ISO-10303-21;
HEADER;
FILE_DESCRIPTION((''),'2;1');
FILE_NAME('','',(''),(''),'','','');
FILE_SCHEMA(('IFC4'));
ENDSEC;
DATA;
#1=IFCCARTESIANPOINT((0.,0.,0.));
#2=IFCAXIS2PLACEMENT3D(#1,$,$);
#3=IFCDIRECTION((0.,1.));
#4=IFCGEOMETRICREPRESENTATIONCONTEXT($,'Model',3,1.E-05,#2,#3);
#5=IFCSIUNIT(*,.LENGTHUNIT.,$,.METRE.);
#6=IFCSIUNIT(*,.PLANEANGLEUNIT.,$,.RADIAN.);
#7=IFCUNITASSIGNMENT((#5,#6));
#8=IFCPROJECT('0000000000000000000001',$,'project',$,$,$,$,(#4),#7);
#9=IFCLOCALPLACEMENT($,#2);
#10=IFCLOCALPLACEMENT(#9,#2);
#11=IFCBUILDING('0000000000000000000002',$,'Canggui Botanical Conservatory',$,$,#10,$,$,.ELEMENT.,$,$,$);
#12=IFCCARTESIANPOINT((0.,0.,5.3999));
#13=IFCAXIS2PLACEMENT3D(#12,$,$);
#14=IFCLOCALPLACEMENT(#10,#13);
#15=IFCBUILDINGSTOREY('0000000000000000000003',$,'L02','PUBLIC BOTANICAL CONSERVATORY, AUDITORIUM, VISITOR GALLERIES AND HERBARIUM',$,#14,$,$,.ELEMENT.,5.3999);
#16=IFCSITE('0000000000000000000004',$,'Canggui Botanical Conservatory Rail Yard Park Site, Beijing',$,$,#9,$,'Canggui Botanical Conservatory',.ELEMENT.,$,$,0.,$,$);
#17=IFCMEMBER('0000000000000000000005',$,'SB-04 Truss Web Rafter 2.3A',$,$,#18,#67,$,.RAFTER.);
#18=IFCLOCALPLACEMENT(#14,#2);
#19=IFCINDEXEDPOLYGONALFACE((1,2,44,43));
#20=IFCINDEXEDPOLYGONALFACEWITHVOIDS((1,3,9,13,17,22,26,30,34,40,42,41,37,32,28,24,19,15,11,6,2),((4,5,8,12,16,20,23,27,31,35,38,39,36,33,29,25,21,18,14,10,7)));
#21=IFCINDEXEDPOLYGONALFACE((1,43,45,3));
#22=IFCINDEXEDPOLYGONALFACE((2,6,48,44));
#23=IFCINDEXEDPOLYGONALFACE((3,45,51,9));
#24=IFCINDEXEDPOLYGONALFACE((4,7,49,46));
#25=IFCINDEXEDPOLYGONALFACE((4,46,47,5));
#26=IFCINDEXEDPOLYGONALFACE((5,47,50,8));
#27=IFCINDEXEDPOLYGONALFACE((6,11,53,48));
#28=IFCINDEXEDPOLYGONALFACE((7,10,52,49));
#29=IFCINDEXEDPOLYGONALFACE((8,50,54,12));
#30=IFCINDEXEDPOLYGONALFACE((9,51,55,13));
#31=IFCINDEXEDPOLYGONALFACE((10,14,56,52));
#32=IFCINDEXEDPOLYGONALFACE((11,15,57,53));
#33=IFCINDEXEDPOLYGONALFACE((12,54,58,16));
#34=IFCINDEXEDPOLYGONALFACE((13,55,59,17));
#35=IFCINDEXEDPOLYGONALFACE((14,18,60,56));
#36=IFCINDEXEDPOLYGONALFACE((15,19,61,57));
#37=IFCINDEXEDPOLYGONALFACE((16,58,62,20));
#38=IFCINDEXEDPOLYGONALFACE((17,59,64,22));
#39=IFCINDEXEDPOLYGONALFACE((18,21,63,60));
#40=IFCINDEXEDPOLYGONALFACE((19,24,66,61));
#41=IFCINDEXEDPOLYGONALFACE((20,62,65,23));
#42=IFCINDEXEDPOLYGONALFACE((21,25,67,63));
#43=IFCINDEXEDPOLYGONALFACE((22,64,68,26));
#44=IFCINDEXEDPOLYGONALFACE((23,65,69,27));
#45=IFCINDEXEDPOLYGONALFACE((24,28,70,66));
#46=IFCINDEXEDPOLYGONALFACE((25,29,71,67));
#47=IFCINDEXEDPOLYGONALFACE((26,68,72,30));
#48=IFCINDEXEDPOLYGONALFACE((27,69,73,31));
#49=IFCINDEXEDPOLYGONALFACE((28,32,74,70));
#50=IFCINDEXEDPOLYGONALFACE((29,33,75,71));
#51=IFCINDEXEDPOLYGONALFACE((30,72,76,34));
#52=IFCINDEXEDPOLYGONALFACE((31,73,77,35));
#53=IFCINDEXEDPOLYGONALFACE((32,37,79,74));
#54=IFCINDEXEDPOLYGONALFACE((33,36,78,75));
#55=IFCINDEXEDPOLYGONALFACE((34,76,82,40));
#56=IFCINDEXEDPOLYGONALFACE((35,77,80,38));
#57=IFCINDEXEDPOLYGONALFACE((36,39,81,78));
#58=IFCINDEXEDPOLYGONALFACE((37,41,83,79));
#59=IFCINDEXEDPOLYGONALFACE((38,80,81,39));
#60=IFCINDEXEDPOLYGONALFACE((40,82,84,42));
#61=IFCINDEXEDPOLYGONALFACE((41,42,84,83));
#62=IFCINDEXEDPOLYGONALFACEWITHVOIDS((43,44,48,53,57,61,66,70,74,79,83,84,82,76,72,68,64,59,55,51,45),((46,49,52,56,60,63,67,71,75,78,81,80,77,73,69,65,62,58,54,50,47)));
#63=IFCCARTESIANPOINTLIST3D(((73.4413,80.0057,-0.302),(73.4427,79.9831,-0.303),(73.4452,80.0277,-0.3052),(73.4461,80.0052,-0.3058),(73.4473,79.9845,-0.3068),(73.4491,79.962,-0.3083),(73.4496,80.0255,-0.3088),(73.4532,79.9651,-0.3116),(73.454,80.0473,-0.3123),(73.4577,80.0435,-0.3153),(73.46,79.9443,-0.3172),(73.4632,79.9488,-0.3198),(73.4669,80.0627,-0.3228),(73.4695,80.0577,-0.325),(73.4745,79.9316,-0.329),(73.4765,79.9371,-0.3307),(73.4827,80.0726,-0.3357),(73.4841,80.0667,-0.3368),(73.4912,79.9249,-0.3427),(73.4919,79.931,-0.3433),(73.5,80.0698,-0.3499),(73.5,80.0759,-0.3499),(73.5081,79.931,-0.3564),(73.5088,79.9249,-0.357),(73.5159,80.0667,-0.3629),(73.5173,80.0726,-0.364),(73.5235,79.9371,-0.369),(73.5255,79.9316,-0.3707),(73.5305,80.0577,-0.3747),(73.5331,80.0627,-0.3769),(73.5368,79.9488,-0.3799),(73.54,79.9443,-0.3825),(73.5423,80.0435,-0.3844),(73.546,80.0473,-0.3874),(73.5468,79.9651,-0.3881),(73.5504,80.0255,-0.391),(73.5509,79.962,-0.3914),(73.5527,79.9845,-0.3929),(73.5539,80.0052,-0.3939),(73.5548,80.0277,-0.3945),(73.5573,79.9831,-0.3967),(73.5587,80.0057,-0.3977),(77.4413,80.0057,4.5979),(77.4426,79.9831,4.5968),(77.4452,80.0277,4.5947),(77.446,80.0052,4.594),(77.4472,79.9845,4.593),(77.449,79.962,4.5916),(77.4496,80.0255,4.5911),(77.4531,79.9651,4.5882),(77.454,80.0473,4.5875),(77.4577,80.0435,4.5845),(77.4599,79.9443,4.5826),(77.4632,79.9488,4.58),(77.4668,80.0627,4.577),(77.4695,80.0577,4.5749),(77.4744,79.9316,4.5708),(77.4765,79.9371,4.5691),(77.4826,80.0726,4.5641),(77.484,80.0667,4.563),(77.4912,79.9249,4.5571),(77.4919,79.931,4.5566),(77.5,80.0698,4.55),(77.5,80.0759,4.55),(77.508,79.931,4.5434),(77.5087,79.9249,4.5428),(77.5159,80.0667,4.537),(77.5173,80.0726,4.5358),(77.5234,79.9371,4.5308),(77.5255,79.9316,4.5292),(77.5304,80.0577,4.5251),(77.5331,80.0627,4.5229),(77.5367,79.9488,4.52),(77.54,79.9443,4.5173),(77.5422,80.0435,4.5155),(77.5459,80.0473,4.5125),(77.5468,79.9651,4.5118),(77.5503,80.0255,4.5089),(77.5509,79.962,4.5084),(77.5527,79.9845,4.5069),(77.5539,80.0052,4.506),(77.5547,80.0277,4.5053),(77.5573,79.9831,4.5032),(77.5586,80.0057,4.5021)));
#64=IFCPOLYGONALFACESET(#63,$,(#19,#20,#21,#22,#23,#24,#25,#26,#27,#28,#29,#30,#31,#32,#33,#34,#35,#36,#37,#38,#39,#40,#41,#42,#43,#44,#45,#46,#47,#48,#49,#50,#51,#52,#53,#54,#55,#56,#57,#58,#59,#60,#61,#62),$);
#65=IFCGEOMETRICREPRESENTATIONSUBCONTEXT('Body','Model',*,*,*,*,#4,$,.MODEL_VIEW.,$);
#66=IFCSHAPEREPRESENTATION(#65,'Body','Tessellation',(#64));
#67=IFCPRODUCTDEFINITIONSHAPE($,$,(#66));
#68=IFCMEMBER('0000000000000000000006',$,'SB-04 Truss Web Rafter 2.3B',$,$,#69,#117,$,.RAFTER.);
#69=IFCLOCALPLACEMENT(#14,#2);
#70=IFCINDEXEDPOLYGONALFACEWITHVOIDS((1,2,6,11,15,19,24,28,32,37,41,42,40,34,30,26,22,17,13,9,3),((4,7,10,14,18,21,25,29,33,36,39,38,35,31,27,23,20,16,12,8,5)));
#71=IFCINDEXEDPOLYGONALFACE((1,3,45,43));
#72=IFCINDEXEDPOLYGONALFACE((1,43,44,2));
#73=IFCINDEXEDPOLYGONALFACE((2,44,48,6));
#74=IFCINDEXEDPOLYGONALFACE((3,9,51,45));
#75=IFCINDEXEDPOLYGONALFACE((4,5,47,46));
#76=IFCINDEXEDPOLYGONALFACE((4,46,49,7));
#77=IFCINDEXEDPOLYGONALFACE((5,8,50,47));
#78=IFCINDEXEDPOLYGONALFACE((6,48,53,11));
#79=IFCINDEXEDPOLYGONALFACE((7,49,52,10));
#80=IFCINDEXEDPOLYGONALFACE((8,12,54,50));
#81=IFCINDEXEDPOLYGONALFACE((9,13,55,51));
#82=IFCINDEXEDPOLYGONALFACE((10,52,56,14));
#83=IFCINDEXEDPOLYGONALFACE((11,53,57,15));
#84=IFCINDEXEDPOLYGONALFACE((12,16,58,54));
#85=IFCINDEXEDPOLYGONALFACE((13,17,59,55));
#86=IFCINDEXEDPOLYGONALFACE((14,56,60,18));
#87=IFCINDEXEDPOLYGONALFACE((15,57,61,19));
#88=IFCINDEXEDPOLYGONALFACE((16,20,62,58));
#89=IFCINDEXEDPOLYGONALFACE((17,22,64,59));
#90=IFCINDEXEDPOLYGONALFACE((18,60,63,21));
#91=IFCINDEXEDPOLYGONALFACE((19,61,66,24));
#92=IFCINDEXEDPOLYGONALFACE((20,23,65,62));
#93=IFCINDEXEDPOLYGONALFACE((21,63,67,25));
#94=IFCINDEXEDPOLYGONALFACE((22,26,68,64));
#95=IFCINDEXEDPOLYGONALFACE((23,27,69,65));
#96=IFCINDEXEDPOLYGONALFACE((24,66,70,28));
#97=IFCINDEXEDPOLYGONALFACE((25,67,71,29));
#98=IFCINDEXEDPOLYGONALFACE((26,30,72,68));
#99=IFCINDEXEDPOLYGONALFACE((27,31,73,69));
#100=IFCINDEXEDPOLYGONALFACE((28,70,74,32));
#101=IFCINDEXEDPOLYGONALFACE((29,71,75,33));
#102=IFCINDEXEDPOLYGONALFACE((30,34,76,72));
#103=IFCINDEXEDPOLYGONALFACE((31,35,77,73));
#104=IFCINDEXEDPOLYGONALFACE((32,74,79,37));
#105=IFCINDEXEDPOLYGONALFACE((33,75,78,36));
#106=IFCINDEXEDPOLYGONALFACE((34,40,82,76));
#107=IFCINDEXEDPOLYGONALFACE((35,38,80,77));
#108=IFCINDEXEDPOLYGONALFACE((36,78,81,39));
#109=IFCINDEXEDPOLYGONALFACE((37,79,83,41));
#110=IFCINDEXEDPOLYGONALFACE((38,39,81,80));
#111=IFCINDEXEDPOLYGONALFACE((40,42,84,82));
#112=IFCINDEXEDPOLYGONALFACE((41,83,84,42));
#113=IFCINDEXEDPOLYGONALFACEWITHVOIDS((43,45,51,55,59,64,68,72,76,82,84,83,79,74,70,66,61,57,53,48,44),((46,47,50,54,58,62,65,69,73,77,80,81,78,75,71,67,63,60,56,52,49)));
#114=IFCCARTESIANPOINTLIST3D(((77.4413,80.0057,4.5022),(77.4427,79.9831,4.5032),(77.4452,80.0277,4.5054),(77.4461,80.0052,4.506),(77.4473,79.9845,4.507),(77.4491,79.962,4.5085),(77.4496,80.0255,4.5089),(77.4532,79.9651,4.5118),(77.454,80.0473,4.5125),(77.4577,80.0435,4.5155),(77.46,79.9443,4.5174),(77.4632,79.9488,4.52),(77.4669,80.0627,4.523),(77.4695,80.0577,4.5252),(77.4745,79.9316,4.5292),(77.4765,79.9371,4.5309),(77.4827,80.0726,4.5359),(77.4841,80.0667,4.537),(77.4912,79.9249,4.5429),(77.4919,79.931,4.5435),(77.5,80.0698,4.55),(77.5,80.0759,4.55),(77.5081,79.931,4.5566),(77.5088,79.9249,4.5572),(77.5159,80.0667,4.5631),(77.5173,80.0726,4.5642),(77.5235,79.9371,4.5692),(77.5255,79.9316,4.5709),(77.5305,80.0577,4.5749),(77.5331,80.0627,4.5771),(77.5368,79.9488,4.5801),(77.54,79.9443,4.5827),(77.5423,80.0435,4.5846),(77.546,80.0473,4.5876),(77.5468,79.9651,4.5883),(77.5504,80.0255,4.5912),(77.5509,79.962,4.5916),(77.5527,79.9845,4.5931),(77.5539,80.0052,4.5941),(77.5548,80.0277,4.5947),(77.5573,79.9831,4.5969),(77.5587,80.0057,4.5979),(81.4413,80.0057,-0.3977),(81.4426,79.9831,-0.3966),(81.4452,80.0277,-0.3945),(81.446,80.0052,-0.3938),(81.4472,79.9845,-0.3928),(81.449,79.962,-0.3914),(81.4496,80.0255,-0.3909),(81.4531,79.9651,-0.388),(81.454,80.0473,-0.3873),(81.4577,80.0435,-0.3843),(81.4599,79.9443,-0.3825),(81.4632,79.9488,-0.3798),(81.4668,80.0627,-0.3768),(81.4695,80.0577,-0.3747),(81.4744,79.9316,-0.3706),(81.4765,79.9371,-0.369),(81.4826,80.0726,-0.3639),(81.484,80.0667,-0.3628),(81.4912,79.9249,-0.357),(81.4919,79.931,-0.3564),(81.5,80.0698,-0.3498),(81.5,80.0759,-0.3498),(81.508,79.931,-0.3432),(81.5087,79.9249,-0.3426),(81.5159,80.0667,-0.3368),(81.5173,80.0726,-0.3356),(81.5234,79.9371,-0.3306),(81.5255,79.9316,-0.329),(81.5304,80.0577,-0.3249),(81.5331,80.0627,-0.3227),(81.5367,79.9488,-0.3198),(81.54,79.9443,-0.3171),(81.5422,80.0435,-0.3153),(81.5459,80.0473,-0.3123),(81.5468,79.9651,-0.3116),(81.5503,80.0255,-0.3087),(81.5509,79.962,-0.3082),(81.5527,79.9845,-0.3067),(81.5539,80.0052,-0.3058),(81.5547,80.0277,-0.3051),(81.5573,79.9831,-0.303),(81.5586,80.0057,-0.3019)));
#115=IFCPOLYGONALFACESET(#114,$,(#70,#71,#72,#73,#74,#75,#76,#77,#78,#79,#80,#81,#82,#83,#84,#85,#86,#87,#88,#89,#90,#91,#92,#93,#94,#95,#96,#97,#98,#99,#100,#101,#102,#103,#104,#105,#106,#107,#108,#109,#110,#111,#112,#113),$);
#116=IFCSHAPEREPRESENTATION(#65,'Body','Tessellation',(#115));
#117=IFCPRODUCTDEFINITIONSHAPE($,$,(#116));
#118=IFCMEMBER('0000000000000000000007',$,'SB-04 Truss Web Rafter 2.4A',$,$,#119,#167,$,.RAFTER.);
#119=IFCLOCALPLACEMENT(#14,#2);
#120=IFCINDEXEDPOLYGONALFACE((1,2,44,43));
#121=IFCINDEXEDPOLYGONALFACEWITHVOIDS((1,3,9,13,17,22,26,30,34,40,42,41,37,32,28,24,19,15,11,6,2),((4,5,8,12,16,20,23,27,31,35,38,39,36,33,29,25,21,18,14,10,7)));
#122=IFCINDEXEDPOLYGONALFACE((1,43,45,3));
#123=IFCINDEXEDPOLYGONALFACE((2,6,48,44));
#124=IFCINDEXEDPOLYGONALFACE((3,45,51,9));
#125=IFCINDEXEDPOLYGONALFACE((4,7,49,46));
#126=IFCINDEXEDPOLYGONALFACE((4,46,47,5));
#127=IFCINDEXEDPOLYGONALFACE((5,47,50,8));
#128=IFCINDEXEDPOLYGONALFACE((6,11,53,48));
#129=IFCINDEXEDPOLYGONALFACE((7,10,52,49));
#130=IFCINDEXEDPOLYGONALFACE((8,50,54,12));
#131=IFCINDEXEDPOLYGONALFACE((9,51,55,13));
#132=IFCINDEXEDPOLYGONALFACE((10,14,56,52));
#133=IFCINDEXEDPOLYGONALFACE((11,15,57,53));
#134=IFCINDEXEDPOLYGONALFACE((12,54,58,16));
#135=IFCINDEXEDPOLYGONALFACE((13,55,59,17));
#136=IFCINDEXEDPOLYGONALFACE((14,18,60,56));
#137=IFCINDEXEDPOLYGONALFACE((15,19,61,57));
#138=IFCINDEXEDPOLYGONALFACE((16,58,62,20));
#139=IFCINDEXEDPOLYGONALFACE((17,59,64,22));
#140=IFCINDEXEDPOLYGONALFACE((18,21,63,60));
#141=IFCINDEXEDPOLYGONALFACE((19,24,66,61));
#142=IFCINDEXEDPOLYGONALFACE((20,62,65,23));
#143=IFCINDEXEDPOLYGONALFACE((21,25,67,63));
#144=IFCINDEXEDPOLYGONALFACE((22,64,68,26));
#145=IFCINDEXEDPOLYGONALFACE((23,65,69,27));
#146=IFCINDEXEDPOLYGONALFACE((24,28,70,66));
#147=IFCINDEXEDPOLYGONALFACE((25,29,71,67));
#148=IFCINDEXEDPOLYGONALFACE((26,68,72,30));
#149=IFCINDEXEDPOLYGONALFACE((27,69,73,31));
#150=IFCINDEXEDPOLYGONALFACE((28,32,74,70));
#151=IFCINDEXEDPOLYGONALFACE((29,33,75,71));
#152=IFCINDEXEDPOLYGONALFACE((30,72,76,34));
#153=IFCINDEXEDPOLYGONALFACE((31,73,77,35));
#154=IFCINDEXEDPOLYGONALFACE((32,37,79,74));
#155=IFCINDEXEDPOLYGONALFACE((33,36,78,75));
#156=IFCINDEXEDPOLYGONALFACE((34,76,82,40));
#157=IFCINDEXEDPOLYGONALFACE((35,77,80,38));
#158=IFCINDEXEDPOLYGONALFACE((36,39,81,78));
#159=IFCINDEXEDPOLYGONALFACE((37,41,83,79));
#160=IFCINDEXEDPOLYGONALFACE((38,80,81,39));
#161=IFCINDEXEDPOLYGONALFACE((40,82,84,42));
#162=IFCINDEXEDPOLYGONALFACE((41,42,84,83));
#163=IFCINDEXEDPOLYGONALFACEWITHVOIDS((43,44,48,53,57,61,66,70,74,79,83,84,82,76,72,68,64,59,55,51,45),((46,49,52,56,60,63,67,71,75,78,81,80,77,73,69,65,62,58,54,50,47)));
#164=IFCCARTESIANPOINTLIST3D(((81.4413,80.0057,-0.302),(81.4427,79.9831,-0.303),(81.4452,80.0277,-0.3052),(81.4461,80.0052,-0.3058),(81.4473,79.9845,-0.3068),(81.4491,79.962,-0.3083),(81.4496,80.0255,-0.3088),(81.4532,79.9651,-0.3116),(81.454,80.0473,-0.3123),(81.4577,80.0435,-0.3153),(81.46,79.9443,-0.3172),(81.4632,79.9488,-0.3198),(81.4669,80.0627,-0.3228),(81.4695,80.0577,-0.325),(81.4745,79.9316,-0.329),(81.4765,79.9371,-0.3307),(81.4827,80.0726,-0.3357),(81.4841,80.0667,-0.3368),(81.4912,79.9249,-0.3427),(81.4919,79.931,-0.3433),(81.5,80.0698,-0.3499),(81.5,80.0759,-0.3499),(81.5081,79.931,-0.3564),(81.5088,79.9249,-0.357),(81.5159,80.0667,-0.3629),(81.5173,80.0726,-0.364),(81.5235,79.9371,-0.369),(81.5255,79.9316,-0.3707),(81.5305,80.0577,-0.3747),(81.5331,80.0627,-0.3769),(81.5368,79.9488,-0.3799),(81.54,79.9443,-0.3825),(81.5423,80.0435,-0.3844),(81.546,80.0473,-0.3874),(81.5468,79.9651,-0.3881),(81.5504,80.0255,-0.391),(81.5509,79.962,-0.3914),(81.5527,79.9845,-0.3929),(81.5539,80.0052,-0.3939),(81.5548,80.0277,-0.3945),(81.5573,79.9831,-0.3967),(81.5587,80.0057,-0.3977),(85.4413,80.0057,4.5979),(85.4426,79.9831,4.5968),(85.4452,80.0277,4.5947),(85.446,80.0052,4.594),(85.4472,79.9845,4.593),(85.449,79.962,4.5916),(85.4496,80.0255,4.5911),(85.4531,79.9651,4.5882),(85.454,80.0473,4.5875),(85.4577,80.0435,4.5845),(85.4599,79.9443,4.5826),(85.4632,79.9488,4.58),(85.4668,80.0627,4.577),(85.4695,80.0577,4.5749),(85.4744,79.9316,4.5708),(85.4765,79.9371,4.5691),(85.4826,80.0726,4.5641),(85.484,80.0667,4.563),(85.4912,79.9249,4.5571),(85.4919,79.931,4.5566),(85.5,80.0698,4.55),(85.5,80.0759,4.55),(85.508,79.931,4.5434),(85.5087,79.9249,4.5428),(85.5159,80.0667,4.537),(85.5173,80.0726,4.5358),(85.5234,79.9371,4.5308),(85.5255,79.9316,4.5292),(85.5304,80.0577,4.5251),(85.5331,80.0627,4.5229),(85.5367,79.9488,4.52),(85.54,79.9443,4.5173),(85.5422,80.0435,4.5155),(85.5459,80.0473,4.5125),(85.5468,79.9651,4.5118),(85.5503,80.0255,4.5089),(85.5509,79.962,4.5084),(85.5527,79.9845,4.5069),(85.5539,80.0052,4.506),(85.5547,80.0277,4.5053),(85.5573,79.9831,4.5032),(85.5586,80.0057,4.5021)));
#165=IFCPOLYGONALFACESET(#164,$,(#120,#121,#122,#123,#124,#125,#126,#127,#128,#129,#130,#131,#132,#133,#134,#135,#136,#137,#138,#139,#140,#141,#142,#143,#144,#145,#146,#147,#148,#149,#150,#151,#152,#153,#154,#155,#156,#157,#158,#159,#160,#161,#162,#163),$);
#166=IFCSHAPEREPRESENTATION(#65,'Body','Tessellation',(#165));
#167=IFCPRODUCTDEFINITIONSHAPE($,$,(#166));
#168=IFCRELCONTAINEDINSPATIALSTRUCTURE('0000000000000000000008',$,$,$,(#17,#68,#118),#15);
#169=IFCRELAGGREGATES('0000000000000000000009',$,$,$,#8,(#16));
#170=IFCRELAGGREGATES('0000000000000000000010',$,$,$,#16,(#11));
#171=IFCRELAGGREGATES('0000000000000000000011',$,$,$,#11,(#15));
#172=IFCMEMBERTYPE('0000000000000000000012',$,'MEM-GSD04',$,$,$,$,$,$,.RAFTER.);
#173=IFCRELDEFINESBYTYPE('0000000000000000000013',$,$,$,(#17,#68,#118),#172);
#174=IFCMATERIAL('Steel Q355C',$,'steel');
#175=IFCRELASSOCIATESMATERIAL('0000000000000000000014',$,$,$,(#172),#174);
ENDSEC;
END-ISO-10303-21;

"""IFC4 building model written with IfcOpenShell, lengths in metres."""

from ifc_helpers import new_model, si_unit, direction, frame, origin, origin_2d, place, context, subcontext, project, spatial, hollow_circle, extrude, material, material_profile, profile_set, type_object, element, save


model = new_model("IFC4")

# Units and contexts
model_context = context("Model", 3, precision=1e-05, world=origin(), true_north=direction((0.0, 1.0)))
body_context = subcontext(model_context, "Body", "Model", "MODEL_VIEW")
ifc_project = project(units=[si_unit("LENGTHUNIT", "METRE"), si_unit("PLANEANGLEUNIT", "RADIAN")], contexts=[model_context])

# Site, building, storey
site_placement = place(None, origin())
site = spatial("IfcSite", under=ifc_project, at=site_placement, Name="Canggui Botanical Conservatory Rail Yard Park Site, Beijing", LongName="Canggui Botanical Conservatory", CompositionType="ELEMENT", RefElevation=0.0)
building_placement = place(site_placement, origin())
building = spatial("IfcBuilding", under=site, at=building_placement, Name="Canggui Botanical Conservatory", CompositionType="ELEMENT")
storey_placement = place(building_placement, frame((0.0, 0.0, 5.3999)))
storey = spatial("IfcBuildingStorey", under=building, at=storey_placement, Name="L02", Description="PUBLIC BOTANICAL CONSERVATORY, AUDITORIUM, VISITOR GALLERIES AND HERBARIUM", CompositionType="ELEMENT", Elevation=5.3999)

# Members
ifc_material_1 = material(Name="Steel Q355C", Category="steel")
ifc_material_profile_1 = material_profile(ifc_material_1, hollow_circle(Radius=0.0759, WallThickness=0.0061, at=origin_2d()), Name="CHS 152x6")
ifc_profile_set_1 = profile_set([ifc_material_profile_1], Name="Steel Q355C")
member_type_1 = type_object("IfcMemberType", Name="MEM-GSD04", PredefinedType="RAFTER", material=ifc_profile_set_1)
for number, where, z_axis, x_axis, name in (
    (1, (73.5, 80.0, -0.3499), (0.632384, 0.0, 0.774655), (0.0, 1.0, 0.0), "SB-04 Truss Web Rafter 2.3A"),
    (2, (77.5, 80.0, 4.55), (0.632384, 0.0, -0.774655), (0.0, 1.0, 0.0), "SB-04 Truss Web Rafter 2.3B"),
    (3, (81.5, 80.0, -0.3499), (0.632384, 0.0, 0.774655), (0.0, 1.0, 0.0), "SB-04 Truss Web Rafter 2.4A"),
):
    element("IfcMember", number, at=place(storey_placement, frame(where, z_axis=z_axis, x_axis=x_axis)), inside=storey, type_object=member_type_1, Name=name, PredefinedType="RAFTER", context=body_context, shape_type="SweptSolid", body=[
        extrude(hollow_circle(Radius=0.0759, WallThickness=0.0061, at=origin_2d()), origin(), (0.0, 0.0, 1.0), 6.3252),
    ])

save(model, "model.ifc")
